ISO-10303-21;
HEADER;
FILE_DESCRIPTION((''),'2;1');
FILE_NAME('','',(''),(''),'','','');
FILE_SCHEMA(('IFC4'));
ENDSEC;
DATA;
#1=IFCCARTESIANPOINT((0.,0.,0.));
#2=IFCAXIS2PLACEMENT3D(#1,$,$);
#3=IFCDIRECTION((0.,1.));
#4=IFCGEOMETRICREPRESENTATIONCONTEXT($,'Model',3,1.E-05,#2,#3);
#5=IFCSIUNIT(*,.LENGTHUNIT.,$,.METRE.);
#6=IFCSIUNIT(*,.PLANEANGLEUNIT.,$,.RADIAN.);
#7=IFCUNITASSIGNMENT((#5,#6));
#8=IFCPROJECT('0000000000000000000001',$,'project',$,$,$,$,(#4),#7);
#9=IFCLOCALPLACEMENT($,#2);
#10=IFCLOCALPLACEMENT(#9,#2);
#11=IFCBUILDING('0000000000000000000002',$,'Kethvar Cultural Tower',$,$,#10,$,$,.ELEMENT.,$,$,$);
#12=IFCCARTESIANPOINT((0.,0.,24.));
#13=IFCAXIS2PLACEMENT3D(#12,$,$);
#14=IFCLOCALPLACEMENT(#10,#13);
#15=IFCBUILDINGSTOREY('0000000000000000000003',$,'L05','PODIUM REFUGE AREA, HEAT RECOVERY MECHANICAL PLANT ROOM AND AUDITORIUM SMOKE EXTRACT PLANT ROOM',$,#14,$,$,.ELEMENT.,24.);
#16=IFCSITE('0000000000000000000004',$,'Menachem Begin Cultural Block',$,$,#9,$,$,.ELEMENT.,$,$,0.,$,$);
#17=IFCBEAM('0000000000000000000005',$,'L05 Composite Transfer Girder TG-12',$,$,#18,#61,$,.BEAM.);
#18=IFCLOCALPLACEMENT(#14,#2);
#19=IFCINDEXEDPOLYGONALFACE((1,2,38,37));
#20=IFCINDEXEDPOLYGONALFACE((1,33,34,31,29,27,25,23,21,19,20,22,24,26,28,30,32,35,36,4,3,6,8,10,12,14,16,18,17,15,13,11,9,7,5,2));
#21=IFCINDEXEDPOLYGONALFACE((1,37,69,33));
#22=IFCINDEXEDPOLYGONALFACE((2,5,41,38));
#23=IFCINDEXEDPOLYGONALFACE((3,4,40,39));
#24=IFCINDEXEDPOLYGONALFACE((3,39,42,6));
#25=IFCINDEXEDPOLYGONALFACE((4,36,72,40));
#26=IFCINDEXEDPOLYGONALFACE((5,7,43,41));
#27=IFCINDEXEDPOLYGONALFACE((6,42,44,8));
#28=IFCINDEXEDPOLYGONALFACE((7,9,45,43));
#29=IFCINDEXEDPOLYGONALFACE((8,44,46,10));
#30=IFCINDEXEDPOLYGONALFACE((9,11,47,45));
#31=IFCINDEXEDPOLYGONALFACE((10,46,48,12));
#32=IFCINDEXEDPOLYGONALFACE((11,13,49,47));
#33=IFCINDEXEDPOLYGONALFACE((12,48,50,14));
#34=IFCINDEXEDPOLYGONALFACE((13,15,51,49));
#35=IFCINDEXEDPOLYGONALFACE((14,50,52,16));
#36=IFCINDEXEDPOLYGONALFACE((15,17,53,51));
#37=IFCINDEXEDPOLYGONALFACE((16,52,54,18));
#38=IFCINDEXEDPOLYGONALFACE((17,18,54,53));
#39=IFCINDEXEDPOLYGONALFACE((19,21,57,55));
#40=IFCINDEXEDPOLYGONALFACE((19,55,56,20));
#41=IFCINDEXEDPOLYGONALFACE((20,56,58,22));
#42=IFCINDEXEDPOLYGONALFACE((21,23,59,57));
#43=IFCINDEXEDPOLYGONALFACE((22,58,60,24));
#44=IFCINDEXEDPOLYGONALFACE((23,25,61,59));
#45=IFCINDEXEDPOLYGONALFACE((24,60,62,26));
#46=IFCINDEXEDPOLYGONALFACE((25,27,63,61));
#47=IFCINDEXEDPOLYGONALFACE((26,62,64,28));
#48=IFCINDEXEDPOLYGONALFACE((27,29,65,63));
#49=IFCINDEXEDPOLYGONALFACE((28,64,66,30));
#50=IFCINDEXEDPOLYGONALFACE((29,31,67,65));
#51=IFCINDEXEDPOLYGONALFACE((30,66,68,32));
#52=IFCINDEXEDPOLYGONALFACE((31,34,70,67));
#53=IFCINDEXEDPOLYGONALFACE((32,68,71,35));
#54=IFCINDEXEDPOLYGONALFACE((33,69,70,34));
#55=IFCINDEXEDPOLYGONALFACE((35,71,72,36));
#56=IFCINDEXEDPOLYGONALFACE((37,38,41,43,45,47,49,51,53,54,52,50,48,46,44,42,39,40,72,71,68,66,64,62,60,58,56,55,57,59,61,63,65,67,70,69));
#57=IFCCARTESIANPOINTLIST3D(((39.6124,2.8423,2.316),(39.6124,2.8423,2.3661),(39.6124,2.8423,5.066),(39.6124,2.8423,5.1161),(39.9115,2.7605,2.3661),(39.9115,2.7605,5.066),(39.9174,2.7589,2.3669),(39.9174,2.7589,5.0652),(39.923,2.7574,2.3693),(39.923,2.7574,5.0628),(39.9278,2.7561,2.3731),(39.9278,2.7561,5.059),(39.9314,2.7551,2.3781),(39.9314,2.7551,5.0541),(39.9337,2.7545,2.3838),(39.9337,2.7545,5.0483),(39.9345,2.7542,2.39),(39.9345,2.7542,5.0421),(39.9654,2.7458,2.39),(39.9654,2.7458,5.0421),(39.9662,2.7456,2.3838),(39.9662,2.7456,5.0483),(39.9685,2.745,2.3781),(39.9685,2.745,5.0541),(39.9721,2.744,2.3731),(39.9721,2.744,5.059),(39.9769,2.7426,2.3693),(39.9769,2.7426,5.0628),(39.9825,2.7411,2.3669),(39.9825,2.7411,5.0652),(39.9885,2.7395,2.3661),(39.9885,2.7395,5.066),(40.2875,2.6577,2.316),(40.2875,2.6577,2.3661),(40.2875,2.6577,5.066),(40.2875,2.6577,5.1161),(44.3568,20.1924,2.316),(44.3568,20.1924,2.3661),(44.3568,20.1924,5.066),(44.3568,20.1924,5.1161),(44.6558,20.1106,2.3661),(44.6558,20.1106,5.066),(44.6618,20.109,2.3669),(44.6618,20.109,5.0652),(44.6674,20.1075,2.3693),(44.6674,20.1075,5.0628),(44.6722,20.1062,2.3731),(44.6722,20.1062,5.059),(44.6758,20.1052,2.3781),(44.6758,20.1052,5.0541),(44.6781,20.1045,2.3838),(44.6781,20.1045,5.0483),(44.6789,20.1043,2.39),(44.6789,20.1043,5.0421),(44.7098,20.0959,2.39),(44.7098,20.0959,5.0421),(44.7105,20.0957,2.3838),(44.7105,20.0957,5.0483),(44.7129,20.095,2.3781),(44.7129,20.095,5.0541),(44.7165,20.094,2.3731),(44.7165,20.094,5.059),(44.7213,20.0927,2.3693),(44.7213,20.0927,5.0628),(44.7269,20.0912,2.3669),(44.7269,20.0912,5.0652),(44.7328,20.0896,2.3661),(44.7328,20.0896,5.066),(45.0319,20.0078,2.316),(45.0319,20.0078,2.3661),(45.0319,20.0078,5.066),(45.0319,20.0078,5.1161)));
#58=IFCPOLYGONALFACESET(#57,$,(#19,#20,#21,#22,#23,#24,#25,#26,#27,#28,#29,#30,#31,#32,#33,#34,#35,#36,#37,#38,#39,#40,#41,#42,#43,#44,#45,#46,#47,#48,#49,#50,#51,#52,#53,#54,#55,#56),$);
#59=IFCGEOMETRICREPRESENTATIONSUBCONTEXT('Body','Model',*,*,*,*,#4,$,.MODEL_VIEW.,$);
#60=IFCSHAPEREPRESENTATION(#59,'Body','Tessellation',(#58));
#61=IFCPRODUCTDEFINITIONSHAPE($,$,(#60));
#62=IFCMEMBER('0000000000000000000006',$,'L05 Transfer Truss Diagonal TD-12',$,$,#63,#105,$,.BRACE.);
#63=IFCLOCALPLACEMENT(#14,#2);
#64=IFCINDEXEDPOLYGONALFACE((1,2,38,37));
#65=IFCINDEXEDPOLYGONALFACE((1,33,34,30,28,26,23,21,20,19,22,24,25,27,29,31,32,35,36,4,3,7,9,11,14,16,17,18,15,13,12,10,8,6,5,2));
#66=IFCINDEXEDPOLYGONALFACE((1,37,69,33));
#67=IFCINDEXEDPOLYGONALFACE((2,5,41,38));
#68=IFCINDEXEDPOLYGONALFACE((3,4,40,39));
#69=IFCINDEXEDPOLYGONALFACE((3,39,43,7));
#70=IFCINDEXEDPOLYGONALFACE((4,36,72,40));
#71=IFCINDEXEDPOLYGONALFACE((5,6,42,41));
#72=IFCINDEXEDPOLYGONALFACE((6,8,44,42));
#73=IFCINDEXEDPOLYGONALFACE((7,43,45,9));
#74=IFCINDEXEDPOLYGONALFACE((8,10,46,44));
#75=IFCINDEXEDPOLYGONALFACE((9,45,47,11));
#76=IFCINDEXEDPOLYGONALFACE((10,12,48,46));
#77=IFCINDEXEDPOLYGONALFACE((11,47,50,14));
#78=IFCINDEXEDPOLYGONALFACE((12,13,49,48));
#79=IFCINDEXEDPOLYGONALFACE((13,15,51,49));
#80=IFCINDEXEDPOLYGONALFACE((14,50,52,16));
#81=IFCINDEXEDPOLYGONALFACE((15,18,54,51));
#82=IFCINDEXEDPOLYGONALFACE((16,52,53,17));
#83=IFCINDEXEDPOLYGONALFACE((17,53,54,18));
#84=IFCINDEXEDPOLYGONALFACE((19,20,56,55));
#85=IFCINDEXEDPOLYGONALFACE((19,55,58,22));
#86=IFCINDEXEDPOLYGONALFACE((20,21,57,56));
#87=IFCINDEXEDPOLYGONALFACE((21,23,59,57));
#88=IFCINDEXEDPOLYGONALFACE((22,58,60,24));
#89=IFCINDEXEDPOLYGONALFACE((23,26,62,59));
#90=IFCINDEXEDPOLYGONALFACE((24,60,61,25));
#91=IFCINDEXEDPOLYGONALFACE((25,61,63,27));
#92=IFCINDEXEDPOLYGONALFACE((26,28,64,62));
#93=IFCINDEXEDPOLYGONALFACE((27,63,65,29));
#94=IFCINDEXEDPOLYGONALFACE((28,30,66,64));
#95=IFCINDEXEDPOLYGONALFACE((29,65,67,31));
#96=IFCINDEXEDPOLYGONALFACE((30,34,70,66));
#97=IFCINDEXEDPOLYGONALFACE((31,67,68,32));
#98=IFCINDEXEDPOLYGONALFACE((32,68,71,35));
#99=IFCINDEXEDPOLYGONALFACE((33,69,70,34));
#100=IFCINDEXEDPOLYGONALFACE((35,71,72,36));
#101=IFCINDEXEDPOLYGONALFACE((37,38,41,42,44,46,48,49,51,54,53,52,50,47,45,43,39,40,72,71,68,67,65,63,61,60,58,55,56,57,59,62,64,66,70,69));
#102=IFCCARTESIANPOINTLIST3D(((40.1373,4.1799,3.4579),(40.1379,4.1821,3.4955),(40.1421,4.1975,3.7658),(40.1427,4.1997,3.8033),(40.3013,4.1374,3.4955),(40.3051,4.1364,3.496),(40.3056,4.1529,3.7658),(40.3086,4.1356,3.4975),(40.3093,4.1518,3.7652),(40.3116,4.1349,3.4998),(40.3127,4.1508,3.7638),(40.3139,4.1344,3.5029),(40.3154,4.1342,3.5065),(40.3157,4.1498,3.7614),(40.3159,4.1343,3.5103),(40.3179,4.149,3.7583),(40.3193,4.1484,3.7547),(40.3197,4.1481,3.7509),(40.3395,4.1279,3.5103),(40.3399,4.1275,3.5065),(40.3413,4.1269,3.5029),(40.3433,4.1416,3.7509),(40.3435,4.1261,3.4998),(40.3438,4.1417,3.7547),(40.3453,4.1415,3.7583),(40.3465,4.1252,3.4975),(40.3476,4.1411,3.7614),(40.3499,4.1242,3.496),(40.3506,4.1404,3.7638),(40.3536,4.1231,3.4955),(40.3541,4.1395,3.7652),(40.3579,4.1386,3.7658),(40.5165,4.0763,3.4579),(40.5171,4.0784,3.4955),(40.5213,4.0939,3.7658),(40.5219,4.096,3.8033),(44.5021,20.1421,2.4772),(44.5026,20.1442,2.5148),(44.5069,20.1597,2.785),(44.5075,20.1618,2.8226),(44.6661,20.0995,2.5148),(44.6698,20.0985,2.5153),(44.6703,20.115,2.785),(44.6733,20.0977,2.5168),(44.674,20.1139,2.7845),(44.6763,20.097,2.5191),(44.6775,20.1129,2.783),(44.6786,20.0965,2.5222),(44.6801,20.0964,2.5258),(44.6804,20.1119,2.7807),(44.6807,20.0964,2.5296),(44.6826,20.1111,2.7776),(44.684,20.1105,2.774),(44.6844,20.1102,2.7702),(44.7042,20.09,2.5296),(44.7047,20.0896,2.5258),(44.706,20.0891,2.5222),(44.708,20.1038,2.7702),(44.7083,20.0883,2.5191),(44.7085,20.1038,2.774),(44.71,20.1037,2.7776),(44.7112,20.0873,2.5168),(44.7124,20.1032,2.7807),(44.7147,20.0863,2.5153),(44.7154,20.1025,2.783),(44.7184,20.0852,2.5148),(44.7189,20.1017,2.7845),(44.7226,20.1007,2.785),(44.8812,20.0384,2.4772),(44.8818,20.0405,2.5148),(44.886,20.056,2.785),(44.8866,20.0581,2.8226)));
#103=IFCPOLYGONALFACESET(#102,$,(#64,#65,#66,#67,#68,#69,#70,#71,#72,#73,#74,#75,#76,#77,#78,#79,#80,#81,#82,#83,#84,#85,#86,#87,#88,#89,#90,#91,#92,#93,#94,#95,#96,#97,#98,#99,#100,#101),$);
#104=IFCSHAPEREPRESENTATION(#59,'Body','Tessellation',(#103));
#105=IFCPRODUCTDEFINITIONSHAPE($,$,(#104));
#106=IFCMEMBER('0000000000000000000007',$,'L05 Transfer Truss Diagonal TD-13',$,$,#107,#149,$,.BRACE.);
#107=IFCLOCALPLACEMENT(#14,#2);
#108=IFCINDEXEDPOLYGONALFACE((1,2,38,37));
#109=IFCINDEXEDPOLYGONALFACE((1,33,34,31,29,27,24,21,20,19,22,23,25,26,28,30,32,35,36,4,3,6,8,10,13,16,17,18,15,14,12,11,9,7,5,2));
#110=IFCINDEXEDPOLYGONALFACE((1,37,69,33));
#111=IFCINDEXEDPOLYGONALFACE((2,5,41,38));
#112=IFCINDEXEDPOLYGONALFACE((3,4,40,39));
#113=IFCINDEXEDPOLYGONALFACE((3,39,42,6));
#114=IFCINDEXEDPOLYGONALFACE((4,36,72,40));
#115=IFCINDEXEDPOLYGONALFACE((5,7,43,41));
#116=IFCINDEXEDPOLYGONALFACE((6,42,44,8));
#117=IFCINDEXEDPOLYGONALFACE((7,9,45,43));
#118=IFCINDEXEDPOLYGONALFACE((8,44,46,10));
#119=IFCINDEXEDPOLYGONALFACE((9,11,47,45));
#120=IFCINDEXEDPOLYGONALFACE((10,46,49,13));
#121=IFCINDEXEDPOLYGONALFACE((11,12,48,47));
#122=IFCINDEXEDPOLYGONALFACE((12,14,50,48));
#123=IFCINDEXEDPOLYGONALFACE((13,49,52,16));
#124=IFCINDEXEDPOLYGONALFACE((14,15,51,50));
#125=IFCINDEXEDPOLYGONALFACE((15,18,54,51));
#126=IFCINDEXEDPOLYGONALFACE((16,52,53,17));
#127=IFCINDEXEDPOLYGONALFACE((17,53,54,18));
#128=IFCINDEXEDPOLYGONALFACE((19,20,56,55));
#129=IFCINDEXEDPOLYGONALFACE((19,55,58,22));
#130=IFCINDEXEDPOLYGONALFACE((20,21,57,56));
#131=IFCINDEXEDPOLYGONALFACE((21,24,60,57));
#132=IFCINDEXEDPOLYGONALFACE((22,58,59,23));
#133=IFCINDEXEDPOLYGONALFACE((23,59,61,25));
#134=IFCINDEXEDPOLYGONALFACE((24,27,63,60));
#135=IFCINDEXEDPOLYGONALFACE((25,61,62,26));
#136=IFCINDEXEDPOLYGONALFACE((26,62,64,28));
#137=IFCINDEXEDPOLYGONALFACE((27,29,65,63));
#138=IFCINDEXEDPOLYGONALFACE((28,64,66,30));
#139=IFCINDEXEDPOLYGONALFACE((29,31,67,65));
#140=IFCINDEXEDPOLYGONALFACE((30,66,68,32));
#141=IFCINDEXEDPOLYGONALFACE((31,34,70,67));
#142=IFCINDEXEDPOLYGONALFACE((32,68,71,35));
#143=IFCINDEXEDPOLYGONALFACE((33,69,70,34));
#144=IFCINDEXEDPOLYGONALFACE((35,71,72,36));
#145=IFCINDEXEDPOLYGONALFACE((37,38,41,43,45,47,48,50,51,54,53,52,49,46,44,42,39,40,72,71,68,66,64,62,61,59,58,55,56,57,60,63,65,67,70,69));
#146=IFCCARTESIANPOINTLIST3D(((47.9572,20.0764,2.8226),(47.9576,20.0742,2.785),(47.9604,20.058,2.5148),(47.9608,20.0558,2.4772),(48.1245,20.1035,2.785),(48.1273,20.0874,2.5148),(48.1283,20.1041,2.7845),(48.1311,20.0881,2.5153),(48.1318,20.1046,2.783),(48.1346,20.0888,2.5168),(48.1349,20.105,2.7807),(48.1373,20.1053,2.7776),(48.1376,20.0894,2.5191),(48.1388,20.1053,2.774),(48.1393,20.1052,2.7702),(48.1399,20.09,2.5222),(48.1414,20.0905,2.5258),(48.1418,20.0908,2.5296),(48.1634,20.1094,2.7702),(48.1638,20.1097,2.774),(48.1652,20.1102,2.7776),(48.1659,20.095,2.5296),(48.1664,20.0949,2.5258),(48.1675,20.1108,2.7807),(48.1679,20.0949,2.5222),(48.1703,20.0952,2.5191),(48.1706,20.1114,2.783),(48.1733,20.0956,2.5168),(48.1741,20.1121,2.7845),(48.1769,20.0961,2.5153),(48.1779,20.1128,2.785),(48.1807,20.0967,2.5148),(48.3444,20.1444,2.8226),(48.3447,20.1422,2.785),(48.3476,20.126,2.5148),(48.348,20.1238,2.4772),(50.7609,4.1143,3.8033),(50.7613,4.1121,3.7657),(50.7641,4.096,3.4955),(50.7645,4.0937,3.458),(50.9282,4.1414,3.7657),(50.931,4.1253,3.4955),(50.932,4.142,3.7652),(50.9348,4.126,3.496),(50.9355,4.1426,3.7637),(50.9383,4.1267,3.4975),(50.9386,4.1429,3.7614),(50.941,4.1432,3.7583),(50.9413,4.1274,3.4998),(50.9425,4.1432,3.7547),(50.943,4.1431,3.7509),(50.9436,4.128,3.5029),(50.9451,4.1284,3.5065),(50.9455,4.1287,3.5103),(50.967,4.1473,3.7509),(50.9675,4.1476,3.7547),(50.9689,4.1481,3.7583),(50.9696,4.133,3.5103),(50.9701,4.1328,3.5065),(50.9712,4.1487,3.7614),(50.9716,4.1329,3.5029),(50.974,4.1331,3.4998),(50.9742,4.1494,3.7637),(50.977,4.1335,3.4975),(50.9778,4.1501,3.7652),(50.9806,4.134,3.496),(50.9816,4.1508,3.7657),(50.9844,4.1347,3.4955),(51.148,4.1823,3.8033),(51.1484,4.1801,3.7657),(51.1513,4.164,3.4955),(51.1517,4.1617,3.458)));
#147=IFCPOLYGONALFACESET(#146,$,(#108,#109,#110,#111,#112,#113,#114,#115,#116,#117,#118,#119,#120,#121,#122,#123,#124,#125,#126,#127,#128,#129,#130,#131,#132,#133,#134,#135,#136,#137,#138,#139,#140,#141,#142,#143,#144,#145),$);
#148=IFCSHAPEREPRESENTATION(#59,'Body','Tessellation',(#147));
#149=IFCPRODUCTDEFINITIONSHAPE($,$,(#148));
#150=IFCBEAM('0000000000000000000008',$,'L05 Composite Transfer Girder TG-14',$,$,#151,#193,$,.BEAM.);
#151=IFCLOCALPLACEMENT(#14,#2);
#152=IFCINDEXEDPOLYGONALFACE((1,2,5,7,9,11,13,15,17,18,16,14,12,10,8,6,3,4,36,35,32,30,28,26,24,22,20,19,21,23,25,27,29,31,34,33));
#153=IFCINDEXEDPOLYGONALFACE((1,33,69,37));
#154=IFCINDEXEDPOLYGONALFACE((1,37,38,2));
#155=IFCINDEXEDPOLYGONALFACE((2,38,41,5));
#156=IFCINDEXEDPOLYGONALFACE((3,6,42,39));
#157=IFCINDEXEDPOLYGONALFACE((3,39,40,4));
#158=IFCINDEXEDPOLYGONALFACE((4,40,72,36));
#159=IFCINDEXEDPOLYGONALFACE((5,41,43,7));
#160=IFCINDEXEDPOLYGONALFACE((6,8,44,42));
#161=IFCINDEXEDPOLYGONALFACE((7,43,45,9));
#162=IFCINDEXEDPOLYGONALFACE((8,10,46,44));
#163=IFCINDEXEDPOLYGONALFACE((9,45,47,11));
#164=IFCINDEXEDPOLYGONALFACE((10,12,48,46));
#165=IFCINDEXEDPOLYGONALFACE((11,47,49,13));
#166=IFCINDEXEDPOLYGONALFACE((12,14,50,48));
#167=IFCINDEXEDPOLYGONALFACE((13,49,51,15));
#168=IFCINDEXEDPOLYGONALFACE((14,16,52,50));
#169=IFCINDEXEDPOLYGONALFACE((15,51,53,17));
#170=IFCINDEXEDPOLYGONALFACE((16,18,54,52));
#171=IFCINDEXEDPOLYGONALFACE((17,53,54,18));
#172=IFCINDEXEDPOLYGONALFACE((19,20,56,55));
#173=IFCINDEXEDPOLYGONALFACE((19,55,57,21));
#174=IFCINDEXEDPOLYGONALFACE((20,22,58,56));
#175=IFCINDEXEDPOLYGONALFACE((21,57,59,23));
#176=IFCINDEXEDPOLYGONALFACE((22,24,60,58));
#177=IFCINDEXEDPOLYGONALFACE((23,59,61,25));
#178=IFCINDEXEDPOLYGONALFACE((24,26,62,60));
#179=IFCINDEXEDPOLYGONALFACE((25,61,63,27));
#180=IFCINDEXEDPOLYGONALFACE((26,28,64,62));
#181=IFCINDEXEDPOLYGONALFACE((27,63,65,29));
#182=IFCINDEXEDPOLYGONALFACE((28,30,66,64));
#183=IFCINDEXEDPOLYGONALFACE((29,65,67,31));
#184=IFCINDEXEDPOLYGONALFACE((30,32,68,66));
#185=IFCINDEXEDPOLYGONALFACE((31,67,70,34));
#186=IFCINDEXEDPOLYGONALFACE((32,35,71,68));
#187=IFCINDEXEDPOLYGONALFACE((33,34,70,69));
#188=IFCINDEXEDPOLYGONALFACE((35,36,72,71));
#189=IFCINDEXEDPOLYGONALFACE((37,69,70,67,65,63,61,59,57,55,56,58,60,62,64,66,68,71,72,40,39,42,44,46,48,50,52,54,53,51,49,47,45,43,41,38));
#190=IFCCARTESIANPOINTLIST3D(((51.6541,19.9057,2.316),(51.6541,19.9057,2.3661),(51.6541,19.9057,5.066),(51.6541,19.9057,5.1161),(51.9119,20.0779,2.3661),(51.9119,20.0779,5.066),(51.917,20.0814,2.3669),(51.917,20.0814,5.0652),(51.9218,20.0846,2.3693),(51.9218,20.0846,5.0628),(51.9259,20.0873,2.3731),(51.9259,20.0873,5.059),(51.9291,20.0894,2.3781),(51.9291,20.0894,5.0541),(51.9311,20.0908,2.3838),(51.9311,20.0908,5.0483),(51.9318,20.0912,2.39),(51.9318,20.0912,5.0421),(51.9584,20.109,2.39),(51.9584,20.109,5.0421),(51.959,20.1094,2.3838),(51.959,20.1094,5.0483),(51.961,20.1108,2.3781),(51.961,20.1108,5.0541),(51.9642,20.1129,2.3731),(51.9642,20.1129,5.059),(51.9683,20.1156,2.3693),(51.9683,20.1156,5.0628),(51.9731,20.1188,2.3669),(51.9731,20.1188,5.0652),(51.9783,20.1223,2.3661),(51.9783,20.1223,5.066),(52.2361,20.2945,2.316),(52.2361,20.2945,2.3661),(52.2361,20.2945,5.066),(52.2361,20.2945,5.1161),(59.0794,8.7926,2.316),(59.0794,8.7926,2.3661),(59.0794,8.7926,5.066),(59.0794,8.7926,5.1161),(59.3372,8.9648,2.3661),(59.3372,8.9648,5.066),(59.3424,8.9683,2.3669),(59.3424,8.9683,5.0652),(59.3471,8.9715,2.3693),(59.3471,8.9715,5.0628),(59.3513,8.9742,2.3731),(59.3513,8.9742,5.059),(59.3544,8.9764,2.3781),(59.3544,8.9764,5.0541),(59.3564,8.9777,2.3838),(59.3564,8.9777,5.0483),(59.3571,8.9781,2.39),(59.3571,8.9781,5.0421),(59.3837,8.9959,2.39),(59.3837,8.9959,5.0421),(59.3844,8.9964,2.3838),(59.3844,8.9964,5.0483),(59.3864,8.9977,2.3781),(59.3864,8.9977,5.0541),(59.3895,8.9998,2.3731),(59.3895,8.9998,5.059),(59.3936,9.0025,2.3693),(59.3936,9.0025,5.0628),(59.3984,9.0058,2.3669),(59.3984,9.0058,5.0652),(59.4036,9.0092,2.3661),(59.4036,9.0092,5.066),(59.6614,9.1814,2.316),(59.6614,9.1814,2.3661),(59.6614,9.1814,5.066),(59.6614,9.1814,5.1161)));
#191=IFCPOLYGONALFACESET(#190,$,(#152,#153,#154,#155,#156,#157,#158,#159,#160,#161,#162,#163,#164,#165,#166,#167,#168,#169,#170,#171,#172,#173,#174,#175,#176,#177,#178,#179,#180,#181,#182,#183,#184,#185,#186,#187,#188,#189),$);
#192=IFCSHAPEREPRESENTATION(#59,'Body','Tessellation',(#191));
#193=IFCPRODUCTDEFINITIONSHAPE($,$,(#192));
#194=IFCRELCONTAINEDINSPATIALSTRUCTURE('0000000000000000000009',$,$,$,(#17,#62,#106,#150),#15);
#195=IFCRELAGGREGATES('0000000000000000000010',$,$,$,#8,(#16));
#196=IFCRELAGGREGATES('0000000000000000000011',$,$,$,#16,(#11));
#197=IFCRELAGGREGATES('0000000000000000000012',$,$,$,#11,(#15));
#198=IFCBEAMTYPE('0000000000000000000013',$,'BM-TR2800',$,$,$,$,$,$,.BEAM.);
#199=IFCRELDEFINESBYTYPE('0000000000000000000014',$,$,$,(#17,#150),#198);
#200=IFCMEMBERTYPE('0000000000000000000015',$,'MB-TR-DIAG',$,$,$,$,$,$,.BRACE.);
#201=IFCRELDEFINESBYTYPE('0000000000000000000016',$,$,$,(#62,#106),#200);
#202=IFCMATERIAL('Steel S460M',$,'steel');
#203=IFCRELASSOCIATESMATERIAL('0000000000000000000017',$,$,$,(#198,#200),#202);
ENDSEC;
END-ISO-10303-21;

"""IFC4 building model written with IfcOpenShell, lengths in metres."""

from ifc_helpers import new_model, si_unit, direction, frame, origin, origin_2d, place, context, subcontext, project, spatial, i_section, extrude, source, transform, mapped, material, material_profile, profile_set, type_object, element, save


model = new_model("IFC4")

# Units and contexts
model_context = context("Model", 3, precision=1e-05, world=origin(), true_north=direction((0.0, 1.0)))
body_context = subcontext(model_context, "Body", "Model", "MODEL_VIEW")
ifc_project = project(units=[si_unit("LENGTHUNIT", "METRE"), si_unit("PLANEANGLEUNIT", "RADIAN")], contexts=[model_context])

# Site, building, storey
site_placement = place(None, origin())
site = spatial("IfcSite", under=ifc_project, at=site_placement, Name="Menachem Begin Cultural Block", CompositionType="ELEMENT", RefElevation=0.0)
building_placement = place(site_placement, origin())
building = spatial("IfcBuilding", under=site, at=building_placement, Name="Kethvar Cultural Tower", CompositionType="ELEMENT")
storey_placement = place(building_placement, frame((0.0, 0.0, 24.0)))
storey = spatial("IfcBuildingStorey", under=building, at=storey_placement, Name="L05", Description="PODIUM REFUGE AREA, HEAT RECOVERY MECHANICAL PLANT ROOM AND AUDITORIUM SMOKE EXTRACT PLANT ROOM", CompositionType="ELEMENT", Elevation=24.0)

# Shared definitions
ifc_material_1 = material(Name="Steel S460M", Category="steel")

# Beam
ifc_material_profile_1 = material_profile(ifc_material_1, i_section(OverallWidth=0.7, OverallDepth=2.8, WebThickness=0.032, FlangeThickness=0.05, FilletRadius=0.0239, at=origin_2d()), Name="Steel S460M — PG2800x700x50x32")
ifc_profile_set_1 = profile_set([ifc_material_profile_1], Name="Steel S460M — PG2800x700x50x32")
beam_type_1 = type_object("IfcBeamType", Name="BM-TR2800", PredefinedType="BEAM", material=ifc_profile_set_1)
shared_shape_1 = source(origin(), body_context, "Body", "SweptSolid", [
    extrude(i_section(OverallWidth=0.7, OverallDepth=2.8, WebThickness=0.032, FlangeThickness=0.05, FilletRadius=0.0239, at=origin_2d()), origin(), (0.0, 0.0, 1.0), 17.9871),
])
beam_1_placement = place(storey_placement, frame((44.6943, 20.1001, 3.7161), z_axis=(-0.263766, -0.964587, 0.0), x_axis=(0.964587, -0.263766, 0.0)))
element("IfcBeam", 1, at=beam_1_placement, inside=storey, type_object=beam_type_1, Name="L05 Composite Transfer Girder TG-12", PredefinedType="BEAM", context=body_context, shape_type="MappedRepresentation", body=[
    mapped(shared_shape_1, transform((0.0, 0.0, 0.0), scale=1.0)),
])

# Members
ifc_material_profile_2 = material_profile(ifc_material_1, i_section(OverallWidth=0.3931, OverallDepth=0.3459, WebThickness=0.0244, FlangeThickness=0.0376, FilletRadius=0.0149, at=origin_2d()), Name="Steel S460M — HD400x509")
ifc_profile_set_2 = profile_set([ifc_material_profile_2], Name="Steel S460M — HD400x509")
member_type_1 = type_object("IfcMemberType", Name="MB-TR-DIAG", PredefinedType="BRACE", material=ifc_profile_set_2)
shared_shape_2 = source(origin(), body_context, "Body", "SweptSolid", [
    extrude(i_section(OverallWidth=0.3931, OverallDepth=0.3459, WebThickness=0.0244, FlangeThickness=0.0376, FilletRadius=0.0149, at=origin_2d()), origin(), (0.0, 0.0, 1.0), 16.5771),
])
member_1_placement = place(storey_placement, frame((44.6943, 20.1001, 2.6499), z_axis=(-0.263298, -0.962899, 0.05916), x_axis=(0.964588, -0.26376, 0.0)))
element("IfcMember", 2, at=member_1_placement, inside=storey, type_object=member_type_1, Name="L05 Transfer Truss Diagonal TD-12", PredefinedType="BRACE", context=body_context, shape_type="MappedRepresentation", body=[
    mapped(shared_shape_2, transform((0.0, 0.0, 0.0), scale=1.0)),
])
shared_shape_3 = source(origin(), body_context, "Body", "SweptSolid", [
    extrude(i_section(OverallWidth=0.3931, OverallDepth=0.3459, WebThickness=0.0244, FlangeThickness=0.0376, FilletRadius=0.0149, at=origin_2d()), origin(), (0.0, 0.0, 1.0), 16.2361),
])
member_2_placement = place(storey_placement, frame((48.1526, 20.1001, 2.6499), z_axis=(0.172683, -0.983124, 0.060403), x_axis=(0.984922, 0.172999, 0.0)))
element("IfcMember", 3, at=member_2_placement, inside=storey, type_object=member_type_1, Name="L05 Transfer Truss Diagonal TD-13", PredefinedType="BRACE", context=body_context, shape_type="MappedRepresentation", body=[
    mapped(shared_shape_3, transform((0.0, 0.0, 0.0), scale=1.0)),
])

# Beam
shared_shape_4 = source(origin(), body_context, "Body", "SweptSolid", [
    extrude(i_section(OverallWidth=0.7, OverallDepth=2.8, WebThickness=0.032, FlangeThickness=0.05, FilletRadius=0.0239, at=origin_2d()), origin(), (0.0, 0.0, 1.0), 13.3655),
])
beam_2_placement = place(storey_placement, frame((51.9451, 20.1001, 3.7161), z_axis=(0.55556, -0.831477, 0.0), x_axis=(0.831477, 0.55556, 0.0)))
element("IfcBeam", 4, at=beam_2_placement, inside=storey, type_object=beam_type_1, Name="L05 Composite Transfer Girder TG-14", PredefinedType="BEAM", context=body_context, shape_type="MappedRepresentation", body=[
    mapped(shared_shape_4, transform((0.0, 0.0, 0.0), scale=1.0)),
])

save(model, "model.ifc")
